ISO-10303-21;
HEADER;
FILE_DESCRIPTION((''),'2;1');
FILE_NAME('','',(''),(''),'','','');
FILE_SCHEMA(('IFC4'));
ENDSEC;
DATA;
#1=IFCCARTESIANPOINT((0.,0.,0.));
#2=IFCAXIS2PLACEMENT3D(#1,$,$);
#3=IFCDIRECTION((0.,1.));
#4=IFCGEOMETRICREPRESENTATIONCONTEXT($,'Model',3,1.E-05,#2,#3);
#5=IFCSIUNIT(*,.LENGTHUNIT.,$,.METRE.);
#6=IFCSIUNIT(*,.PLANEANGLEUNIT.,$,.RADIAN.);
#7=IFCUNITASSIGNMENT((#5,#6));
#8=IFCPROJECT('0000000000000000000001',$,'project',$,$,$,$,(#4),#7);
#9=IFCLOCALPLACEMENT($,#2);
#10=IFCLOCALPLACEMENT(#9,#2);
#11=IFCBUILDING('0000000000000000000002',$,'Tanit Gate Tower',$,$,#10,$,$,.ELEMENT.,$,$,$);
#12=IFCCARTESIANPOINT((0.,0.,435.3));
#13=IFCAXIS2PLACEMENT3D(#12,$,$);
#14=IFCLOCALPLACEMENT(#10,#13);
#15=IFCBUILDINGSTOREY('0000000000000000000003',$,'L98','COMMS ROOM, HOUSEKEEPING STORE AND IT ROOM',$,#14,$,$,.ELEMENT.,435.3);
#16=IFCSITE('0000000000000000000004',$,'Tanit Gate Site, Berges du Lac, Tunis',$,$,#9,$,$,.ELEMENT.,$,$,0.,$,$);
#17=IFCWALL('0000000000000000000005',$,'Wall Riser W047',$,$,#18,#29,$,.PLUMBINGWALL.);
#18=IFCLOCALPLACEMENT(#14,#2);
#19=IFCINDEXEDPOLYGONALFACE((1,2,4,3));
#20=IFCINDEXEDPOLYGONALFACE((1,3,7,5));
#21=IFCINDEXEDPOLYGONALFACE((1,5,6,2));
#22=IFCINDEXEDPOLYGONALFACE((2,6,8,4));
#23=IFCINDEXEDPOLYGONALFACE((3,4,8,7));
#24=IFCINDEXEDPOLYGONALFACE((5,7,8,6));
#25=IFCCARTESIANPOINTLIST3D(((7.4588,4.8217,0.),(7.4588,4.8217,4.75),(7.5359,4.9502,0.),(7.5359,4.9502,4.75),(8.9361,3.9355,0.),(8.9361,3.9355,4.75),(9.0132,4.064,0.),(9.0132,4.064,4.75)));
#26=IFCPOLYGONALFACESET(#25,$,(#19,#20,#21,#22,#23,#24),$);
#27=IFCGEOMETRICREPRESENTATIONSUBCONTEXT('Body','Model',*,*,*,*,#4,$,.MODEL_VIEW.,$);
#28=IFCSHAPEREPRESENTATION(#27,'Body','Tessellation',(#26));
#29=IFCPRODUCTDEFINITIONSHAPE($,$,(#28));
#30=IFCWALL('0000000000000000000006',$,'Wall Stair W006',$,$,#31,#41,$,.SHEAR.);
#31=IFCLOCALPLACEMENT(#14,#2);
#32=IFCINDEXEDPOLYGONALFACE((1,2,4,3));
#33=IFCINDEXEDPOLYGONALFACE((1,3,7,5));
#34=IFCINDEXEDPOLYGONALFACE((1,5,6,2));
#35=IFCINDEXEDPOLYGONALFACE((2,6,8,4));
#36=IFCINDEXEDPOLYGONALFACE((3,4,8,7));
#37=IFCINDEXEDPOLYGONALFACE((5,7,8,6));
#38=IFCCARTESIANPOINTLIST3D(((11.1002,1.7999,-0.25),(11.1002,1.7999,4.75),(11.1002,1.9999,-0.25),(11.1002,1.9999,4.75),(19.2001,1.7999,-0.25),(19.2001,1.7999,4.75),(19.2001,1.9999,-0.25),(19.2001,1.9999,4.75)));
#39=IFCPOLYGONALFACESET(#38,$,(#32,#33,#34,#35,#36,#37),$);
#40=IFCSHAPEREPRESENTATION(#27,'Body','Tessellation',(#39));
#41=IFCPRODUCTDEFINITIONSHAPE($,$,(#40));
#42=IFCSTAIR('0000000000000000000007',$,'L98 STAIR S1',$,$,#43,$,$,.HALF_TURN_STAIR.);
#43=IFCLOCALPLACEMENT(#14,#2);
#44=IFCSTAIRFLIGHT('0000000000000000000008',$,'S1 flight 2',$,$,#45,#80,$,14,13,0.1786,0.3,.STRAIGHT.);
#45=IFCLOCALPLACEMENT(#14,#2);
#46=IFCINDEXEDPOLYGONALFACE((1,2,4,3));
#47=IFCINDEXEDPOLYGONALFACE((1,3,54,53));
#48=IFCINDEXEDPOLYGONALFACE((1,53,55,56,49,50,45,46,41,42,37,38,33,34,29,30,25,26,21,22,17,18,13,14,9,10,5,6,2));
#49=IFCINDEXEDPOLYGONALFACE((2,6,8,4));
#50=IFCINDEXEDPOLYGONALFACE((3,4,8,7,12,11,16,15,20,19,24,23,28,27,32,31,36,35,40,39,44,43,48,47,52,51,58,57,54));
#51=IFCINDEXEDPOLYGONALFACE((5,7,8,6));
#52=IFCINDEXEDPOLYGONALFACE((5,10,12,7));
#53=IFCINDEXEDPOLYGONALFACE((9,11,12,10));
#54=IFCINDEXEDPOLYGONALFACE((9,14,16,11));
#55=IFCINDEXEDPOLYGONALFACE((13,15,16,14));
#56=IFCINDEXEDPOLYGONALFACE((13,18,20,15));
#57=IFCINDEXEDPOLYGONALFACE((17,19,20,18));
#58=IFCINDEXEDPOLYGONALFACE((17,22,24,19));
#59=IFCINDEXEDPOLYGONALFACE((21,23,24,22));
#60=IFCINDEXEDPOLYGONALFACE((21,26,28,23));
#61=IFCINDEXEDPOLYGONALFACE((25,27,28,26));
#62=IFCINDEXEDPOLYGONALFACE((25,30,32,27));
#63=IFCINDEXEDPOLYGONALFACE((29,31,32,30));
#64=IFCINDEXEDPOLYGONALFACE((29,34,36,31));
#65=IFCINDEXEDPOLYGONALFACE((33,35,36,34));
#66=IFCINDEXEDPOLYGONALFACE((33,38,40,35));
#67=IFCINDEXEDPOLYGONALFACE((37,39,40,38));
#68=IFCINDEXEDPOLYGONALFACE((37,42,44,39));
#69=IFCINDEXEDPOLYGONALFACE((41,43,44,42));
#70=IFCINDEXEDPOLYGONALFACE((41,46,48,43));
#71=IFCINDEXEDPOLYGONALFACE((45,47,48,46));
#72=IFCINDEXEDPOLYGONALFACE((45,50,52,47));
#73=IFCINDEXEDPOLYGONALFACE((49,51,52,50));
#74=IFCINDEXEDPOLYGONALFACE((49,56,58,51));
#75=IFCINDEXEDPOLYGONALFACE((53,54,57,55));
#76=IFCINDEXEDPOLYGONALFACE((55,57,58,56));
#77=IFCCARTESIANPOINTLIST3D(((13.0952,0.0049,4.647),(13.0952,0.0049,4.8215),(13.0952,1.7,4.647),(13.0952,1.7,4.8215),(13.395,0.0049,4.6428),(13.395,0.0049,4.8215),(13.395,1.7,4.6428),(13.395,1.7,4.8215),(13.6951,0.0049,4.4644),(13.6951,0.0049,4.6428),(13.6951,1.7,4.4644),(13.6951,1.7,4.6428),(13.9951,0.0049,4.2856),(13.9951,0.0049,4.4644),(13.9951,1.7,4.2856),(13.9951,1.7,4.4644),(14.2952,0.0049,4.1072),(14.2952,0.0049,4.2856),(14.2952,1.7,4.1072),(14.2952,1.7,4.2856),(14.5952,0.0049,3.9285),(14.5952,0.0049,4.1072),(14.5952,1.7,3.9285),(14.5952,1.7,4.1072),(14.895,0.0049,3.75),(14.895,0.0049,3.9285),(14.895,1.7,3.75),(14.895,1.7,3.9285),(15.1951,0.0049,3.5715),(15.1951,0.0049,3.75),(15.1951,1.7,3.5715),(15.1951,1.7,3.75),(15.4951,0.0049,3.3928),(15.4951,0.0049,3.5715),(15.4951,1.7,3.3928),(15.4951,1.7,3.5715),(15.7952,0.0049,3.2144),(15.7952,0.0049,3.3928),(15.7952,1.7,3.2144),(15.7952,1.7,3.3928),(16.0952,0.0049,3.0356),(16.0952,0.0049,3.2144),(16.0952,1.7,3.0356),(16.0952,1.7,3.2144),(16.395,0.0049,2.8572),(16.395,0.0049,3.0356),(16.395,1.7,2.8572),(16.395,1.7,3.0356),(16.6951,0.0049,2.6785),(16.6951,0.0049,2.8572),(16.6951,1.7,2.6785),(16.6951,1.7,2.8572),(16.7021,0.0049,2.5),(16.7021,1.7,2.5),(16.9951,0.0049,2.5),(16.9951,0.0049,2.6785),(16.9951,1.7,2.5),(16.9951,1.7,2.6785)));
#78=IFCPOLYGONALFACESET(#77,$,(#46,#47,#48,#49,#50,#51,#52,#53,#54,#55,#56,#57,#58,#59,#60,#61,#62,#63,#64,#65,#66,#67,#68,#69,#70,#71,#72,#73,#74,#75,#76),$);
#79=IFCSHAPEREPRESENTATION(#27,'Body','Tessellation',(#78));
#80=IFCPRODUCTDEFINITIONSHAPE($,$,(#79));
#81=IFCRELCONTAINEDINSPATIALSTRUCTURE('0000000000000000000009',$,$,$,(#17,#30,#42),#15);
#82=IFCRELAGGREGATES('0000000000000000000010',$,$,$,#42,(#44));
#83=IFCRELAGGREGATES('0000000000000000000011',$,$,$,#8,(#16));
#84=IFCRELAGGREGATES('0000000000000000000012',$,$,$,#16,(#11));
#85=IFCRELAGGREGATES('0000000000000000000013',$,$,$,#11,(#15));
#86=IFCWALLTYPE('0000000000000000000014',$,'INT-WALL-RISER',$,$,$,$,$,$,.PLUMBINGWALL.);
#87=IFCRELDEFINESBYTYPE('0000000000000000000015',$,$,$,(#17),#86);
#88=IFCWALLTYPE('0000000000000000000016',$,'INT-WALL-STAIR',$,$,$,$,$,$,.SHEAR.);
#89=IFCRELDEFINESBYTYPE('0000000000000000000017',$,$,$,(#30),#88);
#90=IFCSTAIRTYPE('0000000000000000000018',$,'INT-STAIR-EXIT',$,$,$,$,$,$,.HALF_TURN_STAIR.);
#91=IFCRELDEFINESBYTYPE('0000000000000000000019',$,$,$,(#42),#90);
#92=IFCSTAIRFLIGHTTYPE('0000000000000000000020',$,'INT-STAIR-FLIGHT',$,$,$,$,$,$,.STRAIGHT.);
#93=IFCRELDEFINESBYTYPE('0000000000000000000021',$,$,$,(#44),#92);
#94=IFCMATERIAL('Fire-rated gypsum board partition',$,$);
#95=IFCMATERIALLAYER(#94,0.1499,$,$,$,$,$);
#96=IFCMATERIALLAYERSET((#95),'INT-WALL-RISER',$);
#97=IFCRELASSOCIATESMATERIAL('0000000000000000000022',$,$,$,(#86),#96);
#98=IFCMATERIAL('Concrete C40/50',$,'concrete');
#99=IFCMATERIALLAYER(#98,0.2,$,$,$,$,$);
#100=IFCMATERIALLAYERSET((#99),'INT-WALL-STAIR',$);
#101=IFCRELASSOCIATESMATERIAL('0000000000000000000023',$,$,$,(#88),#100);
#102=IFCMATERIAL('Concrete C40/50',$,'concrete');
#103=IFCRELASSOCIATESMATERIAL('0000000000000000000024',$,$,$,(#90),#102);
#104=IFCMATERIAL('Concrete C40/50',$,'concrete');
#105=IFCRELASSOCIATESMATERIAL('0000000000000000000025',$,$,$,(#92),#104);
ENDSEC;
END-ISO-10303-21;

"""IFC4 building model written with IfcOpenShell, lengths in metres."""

from ifc_helpers import new_model, si_unit, direction, frame, frame_2d, origin, place, context, subcontext, project, spatial, polyline, rectangle, outline, extrude, material, layer, layer_set, type_object, element, aggregate, save


model = new_model("IFC4")

# Units and contexts
model_context = context("Model", 3, precision=1e-05, world=origin(), true_north=direction((0.0, 1.0)))
body_context = subcontext(model_context, "Body", "Model", "MODEL_VIEW")
ifc_project = project(units=[si_unit("LENGTHUNIT", "METRE"), si_unit("PLANEANGLEUNIT", "RADIAN")], contexts=[model_context])

# Site, building, storey
site_placement = place(None, origin())
site = spatial("IfcSite", under=ifc_project, at=site_placement, Name="Tanit Gate Site, Berges du Lac, Tunis", CompositionType="ELEMENT", RefElevation=0.0)
building_placement = place(site_placement, origin())
building = spatial("IfcBuilding", under=site, at=building_placement, Name="Tanit Gate Tower", CompositionType="ELEMENT")
storey_placement = place(building_placement, frame((0.0, 0.0, 435.3)))
storey = spatial("IfcBuildingStorey", under=building, at=storey_placement, Name="L98", Description="COMMS ROOM, HOUSEKEEPING STORE AND IT ROOM", CompositionType="ELEMENT", Elevation=435.3)

# Walls
ifc_material_1 = material(Name="Fire-rated gypsum board partition")
ifc_layer_1 = layer(ifc_material_1, 0.1499)
ifc_layer_set_1 = layer_set([ifc_layer_1], Name="INT-WALL-RISER")
wall_type_1 = type_object("IfcWallType", Name="INT-WALL-RISER", PredefinedType="PLUMBINGWALL", material=ifc_layer_set_1)
wall_1_placement = place(storey_placement, frame((8.9746, 3.9998, 0.0), z_axis=(0.0, 0.0, 1.0), x_axis=(-0.85753, 0.514433, 0.0)))
element("IfcWall", 1, at=wall_1_placement, inside=storey, type_object=wall_type_1, Name="Wall Riser W047", PredefinedType="PLUMBINGWALL", context=body_context, shape_type="SweptSolid", body=[
    extrude(rectangle(XDim=1.7227, YDim=0.1499, at=frame_2d((0.8613, 0.0))), origin(), (0.0, 0.0, 1.0), 4.75),
])
ifc_material_2 = material(Name="Concrete C40/50", Category="concrete")
ifc_layer_2 = layer(ifc_material_2, 0.2)
ifc_layer_set_2 = layer_set([ifc_layer_2], Name="INT-WALL-STAIR")
wall_type_2 = type_object("IfcWallType", Name="INT-WALL-STAIR", PredefinedType="SHEAR", material=ifc_layer_set_2)
wall_2_placement = place(storey_placement, frame((19.2, 1.8999, -0.25), z_axis=(0.0, 0.0, 1.0), x_axis=(-1.0, 0.0, 0.0)))
element("IfcWall", 2, at=wall_2_placement, inside=storey, type_object=wall_type_2, Name="Wall Stair W006", PredefinedType="SHEAR", context=body_context, shape_type="SweptSolid", body=[
    extrude(rectangle(XDim=8.0999, YDim=0.2, at=frame_2d((4.0498, 0.0))), origin(), (0.0, 0.0, 1.0), 5.0),
])

# Stair, stair flight
ifc_material_3 = material(Name="Concrete C40/50", Category="concrete")
stair_type = type_object("IfcStairType", Name="INT-STAIR-EXIT", PredefinedType="HALF_TURN_STAIR", material=ifc_material_3)
stair_placement = place(storey_placement, origin())
stair = element("IfcStair", 3, at=stair_placement, inside=storey, type_object=stair_type, Name="L98 STAIR S1", PredefinedType="HALF_TURN_STAIR")
ifc_material_4 = material(Name="Concrete C40/50", Category="concrete")
stair_flight_type = type_object("IfcStairFlightType", Name="INT-STAIR-FLIGHT", PredefinedType="STRAIGHT", material=ifc_material_4)
stair_flight_placement = place(storey_placement, frame((16.9951, 0.8525, 2.5), z_axis=(0.0, 0.0, 1.0), x_axis=(-1.0, 0.0, 0.0)))
stair_flight = element("IfcStairFlight", 4, at=stair_flight_placement, type_object=stair_flight_type, Name="S1 flight 2", NumberOfRisers=14, NumberOfTreads=13, PredefinedType="STRAIGHT", RiserHeight=0.1786, TreadLength=0.3, context=body_context, shape_type="SweptSolid", body=[
    extrude(outline(polyline([(0.0, 0.0), (0.0, 0.1785), (0.3, 0.1785), (0.3, 0.3572), (0.6001, 0.3572), (0.6001, 0.5356), (0.8999, 0.5356), (0.8999, 0.7144), (1.2, 0.7144), (1.2, 0.8928), (1.5, 0.8928), (1.5, 1.0715), (1.8, 1.0715), (1.8, 1.25), (2.1001, 1.25), (2.1001, 1.4285), (2.3999, 1.4285), (2.3999, 1.6072), (2.7, 1.6072), (2.7, 1.7856), (3.0, 1.7856), (3.0, 1.9644), (3.3, 1.9644), (3.3, 2.1428), (3.6001, 2.1428), (3.6001, 2.3215), (3.8999, 2.3215), (3.8999, 2.5), (3.8999, 2.147), (0.293, 0.0), (0.0, 0.0)])), frame((0.0, 0.8477, 0.0), z_axis=(0.0, -1.0, 0.0), x_axis=(1.0, 0.0, 0.0)), (0.0, 0.0, 1.0), 1.6951),
])
aggregate(stair, [stair_flight])

save(model, "model.ifc")
